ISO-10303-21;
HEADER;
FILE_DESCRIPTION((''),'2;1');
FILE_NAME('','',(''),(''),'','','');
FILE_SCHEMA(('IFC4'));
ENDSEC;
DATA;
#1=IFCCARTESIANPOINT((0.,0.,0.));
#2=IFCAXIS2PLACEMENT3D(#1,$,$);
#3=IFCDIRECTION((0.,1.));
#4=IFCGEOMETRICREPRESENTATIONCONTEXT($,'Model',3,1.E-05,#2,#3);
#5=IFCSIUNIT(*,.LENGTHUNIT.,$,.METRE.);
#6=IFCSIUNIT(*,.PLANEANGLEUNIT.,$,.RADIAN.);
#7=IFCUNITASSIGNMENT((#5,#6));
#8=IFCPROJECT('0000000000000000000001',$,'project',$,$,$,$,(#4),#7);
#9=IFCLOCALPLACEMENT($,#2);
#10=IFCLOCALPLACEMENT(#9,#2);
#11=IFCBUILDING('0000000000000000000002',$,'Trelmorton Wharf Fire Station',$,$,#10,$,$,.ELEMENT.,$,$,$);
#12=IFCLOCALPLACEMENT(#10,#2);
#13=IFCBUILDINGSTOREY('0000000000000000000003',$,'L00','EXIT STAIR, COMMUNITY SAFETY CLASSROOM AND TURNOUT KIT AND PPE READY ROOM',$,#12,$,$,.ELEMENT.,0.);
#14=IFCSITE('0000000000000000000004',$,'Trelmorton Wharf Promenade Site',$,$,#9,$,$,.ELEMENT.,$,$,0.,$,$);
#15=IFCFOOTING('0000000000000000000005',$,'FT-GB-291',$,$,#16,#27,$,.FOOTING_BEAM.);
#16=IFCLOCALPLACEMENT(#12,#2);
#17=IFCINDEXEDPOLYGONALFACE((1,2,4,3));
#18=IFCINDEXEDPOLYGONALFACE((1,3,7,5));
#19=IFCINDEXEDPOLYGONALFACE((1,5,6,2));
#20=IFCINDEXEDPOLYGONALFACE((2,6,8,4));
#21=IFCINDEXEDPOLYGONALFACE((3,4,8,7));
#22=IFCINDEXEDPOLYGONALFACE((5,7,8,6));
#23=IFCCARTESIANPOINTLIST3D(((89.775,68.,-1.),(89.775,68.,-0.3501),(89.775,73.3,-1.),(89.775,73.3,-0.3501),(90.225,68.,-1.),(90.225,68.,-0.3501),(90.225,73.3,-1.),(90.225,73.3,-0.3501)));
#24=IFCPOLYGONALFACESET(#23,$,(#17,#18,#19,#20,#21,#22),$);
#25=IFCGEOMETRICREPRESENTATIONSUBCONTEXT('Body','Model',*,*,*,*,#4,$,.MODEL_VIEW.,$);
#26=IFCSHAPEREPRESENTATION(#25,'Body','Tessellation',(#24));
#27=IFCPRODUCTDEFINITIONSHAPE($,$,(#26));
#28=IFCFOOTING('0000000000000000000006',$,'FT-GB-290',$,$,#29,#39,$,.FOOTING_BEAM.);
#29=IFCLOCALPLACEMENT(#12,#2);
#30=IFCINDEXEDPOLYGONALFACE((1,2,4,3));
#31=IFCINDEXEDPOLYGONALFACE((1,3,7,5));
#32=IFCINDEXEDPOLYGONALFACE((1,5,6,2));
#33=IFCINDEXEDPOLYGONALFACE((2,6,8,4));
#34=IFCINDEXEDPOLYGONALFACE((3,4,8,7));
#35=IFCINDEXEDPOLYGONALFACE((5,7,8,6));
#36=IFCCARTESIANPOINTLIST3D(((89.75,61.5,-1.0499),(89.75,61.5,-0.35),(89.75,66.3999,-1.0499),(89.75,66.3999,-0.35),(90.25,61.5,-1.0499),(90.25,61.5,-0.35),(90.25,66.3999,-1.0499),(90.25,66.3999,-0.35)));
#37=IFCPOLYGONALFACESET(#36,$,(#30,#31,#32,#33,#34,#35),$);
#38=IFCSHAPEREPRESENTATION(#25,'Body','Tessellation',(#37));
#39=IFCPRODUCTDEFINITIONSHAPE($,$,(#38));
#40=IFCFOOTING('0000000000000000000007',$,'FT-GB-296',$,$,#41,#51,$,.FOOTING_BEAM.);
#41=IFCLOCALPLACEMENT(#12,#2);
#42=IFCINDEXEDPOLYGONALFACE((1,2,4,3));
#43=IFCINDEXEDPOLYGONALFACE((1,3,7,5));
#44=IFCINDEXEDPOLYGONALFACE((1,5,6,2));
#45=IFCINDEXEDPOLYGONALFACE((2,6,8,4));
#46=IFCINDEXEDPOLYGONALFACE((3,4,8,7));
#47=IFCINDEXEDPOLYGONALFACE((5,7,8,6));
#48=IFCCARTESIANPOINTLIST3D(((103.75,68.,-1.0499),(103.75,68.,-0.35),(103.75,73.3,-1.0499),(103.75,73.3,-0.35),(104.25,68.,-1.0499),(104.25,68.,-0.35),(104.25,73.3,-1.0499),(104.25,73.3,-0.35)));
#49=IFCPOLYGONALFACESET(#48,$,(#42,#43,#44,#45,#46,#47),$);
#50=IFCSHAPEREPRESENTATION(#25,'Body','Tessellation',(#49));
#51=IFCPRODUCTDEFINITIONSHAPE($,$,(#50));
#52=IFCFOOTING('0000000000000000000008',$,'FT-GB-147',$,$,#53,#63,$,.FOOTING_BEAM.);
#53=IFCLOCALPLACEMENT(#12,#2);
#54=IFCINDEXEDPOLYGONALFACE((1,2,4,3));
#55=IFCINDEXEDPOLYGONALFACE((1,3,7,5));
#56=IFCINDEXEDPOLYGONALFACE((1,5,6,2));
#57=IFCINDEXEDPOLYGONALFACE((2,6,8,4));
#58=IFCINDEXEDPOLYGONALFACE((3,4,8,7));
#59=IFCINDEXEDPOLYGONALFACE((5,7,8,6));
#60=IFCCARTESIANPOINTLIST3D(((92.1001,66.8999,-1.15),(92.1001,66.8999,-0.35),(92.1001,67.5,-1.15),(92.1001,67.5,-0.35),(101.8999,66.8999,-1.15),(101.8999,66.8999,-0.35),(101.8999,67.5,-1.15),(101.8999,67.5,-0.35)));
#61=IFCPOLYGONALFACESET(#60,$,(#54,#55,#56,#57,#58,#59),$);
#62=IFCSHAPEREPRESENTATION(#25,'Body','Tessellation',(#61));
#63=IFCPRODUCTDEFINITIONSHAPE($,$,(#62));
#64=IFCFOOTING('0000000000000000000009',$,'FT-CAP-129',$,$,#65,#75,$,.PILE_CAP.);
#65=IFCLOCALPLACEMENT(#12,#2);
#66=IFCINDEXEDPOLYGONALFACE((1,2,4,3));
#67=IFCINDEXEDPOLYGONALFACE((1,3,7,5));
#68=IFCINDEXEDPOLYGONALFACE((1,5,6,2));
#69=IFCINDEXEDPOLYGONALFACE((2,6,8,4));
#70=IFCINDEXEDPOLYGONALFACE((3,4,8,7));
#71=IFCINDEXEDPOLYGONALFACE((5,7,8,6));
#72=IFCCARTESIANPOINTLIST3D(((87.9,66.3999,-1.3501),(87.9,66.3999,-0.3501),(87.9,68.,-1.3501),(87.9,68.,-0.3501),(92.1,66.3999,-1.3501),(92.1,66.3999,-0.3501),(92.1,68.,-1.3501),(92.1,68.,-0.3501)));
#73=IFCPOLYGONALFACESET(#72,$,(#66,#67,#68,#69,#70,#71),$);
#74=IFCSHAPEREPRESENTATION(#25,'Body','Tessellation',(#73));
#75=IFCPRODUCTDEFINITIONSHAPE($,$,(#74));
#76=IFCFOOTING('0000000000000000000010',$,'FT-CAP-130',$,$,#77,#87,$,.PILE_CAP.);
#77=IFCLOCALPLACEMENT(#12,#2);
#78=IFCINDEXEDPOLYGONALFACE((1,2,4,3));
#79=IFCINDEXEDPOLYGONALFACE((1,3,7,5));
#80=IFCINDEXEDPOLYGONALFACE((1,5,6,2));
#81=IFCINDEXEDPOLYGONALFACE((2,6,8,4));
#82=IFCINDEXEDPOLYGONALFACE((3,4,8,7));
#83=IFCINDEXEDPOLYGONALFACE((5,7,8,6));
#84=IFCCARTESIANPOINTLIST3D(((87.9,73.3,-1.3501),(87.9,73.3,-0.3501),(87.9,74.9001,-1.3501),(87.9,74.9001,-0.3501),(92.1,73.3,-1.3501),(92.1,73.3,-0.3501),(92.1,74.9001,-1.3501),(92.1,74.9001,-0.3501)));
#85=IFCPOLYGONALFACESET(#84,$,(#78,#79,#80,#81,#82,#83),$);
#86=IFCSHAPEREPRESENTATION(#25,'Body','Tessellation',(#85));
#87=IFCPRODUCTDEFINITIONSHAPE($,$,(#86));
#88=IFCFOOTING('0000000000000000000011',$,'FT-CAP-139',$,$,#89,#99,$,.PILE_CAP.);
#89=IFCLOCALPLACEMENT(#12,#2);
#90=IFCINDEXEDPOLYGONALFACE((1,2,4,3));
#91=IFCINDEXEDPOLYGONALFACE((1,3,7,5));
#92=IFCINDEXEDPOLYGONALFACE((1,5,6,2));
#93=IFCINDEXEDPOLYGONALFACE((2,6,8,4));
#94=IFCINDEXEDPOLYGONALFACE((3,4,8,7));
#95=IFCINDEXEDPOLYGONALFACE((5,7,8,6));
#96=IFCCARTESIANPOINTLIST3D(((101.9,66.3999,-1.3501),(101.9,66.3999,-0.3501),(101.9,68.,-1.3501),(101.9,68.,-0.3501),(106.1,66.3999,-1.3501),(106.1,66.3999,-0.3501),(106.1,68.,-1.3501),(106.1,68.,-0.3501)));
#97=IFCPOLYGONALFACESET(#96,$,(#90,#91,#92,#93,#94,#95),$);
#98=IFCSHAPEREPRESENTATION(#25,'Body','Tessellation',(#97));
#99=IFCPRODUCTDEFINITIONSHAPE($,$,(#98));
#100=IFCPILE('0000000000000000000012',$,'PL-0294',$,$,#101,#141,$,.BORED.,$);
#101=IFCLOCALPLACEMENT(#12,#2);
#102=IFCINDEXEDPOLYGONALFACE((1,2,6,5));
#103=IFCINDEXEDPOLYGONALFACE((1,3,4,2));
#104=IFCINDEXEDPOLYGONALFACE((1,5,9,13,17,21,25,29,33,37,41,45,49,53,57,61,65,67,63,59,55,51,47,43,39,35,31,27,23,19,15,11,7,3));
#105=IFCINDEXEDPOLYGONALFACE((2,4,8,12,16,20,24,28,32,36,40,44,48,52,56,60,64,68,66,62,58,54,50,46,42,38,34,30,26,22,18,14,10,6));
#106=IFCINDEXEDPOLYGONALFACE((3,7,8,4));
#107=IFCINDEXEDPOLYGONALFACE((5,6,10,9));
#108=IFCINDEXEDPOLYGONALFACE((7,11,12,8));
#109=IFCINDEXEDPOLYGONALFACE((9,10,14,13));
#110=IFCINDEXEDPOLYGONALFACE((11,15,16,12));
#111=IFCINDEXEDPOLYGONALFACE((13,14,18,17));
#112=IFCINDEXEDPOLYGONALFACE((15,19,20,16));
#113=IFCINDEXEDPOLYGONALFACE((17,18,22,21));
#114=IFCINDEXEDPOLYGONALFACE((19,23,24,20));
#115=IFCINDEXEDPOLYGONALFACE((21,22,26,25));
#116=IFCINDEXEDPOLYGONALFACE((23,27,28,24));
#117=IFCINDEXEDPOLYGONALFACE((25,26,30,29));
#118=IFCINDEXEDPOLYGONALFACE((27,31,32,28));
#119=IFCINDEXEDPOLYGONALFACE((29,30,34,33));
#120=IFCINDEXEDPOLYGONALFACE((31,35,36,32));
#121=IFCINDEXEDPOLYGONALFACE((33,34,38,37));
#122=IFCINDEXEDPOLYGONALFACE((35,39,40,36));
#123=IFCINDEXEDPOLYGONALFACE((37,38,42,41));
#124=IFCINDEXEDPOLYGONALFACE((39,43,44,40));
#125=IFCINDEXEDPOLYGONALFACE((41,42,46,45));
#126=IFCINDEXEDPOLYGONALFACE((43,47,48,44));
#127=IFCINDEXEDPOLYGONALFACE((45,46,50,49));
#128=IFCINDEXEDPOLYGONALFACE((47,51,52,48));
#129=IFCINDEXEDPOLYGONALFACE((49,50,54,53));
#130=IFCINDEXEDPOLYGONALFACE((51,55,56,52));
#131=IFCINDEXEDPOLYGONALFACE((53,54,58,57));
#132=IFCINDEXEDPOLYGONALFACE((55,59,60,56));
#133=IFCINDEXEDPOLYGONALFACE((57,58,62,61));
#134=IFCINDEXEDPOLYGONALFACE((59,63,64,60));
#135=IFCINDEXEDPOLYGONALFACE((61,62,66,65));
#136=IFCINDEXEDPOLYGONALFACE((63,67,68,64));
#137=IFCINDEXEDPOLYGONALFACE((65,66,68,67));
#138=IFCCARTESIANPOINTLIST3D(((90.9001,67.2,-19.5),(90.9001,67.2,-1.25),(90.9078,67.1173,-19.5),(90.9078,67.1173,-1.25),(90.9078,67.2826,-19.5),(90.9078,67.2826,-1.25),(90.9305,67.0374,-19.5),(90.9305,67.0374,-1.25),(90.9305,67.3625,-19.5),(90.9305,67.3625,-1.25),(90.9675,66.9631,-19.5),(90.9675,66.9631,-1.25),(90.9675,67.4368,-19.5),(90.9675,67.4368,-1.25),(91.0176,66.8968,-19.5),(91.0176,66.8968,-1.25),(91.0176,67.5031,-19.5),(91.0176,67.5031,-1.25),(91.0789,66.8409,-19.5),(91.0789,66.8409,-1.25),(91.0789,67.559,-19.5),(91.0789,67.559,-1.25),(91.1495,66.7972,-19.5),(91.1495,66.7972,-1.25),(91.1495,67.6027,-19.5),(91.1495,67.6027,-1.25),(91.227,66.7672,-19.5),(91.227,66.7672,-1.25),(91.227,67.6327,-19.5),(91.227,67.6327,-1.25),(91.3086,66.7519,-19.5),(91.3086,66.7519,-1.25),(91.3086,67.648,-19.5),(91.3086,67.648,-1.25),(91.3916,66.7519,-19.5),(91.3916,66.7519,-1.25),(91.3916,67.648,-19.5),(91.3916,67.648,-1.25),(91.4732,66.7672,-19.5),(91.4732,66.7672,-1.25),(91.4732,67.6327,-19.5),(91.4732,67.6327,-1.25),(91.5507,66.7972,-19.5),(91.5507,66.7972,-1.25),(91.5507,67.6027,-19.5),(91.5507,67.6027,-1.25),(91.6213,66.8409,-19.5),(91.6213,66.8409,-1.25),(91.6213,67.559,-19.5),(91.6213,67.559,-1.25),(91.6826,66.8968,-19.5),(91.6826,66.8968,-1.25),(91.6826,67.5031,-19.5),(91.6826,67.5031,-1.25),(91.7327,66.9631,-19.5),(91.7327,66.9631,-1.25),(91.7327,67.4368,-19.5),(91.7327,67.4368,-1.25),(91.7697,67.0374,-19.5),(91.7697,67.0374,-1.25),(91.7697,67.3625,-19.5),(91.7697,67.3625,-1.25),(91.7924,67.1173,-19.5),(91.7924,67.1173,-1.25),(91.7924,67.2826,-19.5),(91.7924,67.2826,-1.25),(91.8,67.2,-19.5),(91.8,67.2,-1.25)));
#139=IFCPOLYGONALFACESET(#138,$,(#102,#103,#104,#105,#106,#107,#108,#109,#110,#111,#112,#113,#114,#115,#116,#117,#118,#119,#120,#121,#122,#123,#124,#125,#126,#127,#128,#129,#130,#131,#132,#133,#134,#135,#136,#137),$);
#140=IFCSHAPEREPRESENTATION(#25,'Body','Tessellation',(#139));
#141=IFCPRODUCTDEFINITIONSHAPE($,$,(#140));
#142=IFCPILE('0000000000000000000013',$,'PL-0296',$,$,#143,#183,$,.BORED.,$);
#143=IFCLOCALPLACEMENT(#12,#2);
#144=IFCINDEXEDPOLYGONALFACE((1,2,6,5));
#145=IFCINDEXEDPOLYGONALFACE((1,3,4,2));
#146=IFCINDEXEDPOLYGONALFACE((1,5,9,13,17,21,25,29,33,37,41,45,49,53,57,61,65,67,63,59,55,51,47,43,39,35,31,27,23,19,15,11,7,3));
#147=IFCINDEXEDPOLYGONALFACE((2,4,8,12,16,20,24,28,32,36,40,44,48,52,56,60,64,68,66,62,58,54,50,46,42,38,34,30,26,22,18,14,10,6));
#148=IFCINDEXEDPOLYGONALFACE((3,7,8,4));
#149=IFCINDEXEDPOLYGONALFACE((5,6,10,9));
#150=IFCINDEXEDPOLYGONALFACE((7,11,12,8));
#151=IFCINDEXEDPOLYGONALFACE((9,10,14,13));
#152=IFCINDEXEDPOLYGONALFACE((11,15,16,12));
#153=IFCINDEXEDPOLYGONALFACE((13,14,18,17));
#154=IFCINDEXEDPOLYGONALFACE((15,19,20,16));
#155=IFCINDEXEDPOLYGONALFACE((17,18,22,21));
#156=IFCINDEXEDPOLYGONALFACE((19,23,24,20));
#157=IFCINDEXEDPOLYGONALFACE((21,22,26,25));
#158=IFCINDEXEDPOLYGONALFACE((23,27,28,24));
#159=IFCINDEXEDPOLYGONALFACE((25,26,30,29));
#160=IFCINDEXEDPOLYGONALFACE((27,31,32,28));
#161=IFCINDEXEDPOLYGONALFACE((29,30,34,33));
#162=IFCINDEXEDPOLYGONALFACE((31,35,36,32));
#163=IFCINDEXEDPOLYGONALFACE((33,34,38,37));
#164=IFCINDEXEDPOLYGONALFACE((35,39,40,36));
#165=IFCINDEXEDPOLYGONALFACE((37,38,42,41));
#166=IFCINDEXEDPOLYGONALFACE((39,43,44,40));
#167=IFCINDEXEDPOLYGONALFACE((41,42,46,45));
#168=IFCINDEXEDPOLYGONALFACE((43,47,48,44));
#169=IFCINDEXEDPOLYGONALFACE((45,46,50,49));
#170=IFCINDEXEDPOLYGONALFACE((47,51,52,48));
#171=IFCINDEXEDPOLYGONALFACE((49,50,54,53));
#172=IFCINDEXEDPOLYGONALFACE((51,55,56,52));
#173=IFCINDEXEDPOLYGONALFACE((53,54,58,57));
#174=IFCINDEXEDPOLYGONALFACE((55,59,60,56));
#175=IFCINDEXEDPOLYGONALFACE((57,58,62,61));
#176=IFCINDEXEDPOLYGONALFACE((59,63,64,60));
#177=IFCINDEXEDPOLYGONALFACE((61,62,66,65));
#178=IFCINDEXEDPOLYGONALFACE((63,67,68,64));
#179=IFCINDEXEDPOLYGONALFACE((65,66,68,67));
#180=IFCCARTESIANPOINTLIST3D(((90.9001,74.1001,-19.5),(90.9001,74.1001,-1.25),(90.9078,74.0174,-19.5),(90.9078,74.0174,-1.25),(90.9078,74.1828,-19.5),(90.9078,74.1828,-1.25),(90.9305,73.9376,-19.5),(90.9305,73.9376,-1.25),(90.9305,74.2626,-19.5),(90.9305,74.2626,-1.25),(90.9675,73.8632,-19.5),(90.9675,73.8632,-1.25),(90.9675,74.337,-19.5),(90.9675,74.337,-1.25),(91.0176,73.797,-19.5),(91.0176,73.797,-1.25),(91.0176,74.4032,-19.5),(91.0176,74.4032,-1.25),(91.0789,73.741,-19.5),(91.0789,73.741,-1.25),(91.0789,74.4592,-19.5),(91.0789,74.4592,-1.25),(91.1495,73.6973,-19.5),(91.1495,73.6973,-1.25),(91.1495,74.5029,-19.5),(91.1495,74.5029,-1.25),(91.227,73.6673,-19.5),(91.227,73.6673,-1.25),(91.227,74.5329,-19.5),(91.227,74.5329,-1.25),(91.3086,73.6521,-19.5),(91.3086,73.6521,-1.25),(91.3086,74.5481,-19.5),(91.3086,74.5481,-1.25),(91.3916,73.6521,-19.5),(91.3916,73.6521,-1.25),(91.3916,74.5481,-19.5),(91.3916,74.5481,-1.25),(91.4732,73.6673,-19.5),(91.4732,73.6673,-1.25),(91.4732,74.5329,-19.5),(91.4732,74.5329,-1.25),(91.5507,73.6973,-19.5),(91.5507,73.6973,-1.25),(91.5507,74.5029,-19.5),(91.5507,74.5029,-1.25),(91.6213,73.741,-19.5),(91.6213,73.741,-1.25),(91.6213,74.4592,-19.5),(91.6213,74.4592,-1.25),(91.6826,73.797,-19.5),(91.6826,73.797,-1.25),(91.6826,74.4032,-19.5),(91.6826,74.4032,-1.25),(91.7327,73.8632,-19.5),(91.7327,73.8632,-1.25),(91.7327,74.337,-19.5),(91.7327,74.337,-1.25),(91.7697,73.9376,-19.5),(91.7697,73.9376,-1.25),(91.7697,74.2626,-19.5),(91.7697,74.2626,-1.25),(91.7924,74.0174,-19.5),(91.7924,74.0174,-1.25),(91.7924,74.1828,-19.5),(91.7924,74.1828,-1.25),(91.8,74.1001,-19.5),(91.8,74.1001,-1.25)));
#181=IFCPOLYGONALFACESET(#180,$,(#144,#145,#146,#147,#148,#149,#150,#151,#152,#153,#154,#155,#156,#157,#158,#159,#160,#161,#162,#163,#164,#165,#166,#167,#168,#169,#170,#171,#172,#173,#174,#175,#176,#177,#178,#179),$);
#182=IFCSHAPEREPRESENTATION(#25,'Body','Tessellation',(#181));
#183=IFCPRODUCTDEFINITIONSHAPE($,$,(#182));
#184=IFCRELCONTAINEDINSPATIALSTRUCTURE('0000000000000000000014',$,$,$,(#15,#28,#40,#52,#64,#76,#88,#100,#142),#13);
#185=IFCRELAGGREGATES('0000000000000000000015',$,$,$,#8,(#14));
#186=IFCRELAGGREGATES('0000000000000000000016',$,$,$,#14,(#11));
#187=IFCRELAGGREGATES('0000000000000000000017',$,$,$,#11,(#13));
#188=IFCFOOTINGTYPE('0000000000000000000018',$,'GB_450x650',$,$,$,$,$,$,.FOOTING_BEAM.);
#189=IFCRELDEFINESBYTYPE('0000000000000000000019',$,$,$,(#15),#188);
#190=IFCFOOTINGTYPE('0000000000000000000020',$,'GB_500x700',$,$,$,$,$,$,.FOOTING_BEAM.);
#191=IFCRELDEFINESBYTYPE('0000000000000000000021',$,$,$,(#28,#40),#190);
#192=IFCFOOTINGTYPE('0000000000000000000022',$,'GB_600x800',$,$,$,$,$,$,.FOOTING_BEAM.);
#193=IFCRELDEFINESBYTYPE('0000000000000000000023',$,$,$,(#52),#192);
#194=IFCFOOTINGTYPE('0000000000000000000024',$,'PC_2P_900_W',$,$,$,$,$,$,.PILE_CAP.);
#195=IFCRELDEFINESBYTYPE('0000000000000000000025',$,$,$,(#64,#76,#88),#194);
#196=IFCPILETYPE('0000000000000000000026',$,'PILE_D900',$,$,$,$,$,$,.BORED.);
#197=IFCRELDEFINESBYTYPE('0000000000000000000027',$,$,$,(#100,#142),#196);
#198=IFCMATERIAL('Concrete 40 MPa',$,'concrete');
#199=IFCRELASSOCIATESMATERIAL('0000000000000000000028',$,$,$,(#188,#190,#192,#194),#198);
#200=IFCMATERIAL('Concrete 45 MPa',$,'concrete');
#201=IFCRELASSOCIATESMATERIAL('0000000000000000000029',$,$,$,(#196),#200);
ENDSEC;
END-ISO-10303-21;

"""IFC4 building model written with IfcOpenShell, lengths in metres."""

from ifc_helpers import new_model, si_unit, direction, frame, origin, origin_2d, place, context, subcontext, project, spatial, rectangle, circle, extrude, material, material_profile, profile_set, type_object, element, save


model = new_model("IFC4")

# Units and contexts
model_context = context("Model", 3, precision=1e-05, world=origin(), true_north=direction((0.0, 1.0)))
body_context = subcontext(model_context, "Body", "Model", "MODEL_VIEW")
ifc_project = project(units=[si_unit("LENGTHUNIT", "METRE"), si_unit("PLANEANGLEUNIT", "RADIAN")], contexts=[model_context])

# Site, building, storey
site_placement = place(None, origin())
site = spatial("IfcSite", under=ifc_project, at=site_placement, Name="Trelmorton Wharf Promenade Site", CompositionType="ELEMENT", RefElevation=0.0)
building_placement = place(site_placement, origin())
building = spatial("IfcBuilding", under=site, at=building_placement, Name="Trelmorton Wharf Fire Station", CompositionType="ELEMENT")
storey_placement = place(building_placement, origin())
storey = spatial("IfcBuildingStorey", under=building, at=storey_placement, Name="L00", Description="EXIT STAIR, COMMUNITY SAFETY CLASSROOM AND TURNOUT KIT AND PPE READY ROOM", CompositionType="ELEMENT", Elevation=0.0)

# Footings
ifc_material_1 = material(Name="Concrete 40 MPa", Category="concrete")
ifc_material_profile_1 = material_profile(ifc_material_1, rectangle(XDim=0.45, YDim=0.6499, at=origin_2d()), Name="RC450x650")
ifc_profile_set_1 = profile_set([ifc_material_profile_1], Name="Concrete 40 MPa")
footing_type_1 = type_object("IfcFootingType", Name="GB_450x650", PredefinedType="FOOTING_BEAM", material=ifc_profile_set_1)
footing_1_placement = place(storey_placement, frame((90.0, 68.0, -0.675), z_axis=(0.0, 1.0, 0.0), x_axis=(-1.0, 0.0, 0.0)))
element("IfcFooting", 1, at=footing_1_placement, inside=storey, type_object=footing_type_1, Name="FT-GB-291", PredefinedType="FOOTING_BEAM", context=body_context, shape_type="SweptSolid", body=[
    extrude(rectangle(XDim=0.45, YDim=0.6499, at=origin_2d()), origin(), (0.0, 0.0, 1.0), 5.3),
])
ifc_material_profile_2 = material_profile(ifc_material_1, rectangle(XDim=0.5, YDim=0.7, at=origin_2d()), Name="RC500x700")
ifc_profile_set_2 = profile_set([ifc_material_profile_2], Name="Concrete 40 MPa")
footing_type_2 = type_object("IfcFootingType", Name="GB_500x700", PredefinedType="FOOTING_BEAM", material=ifc_profile_set_2)
footing_2_placement = place(storey_placement, frame((90.0, 61.5, -0.7), z_axis=(0.0, 1.0, 0.0), x_axis=(-1.0, 0.0, 0.0)))
element("IfcFooting", 2, at=footing_2_placement, inside=storey, type_object=footing_type_2, Name="FT-GB-290", PredefinedType="FOOTING_BEAM", context=body_context, shape_type="SweptSolid", body=[
    extrude(rectangle(XDim=0.5, YDim=0.7, at=origin_2d()), origin(), (0.0, 0.0, 1.0), 4.8999),
])
footing_3_placement = place(storey_placement, frame((104.0, 68.0, -0.7), z_axis=(0.0, 1.0, 0.0), x_axis=(-1.0, 0.0, 0.0)))
element("IfcFooting", 3, at=footing_3_placement, inside=storey, type_object=footing_type_2, Name="FT-GB-296", PredefinedType="FOOTING_BEAM", context=body_context, shape_type="SweptSolid", body=[
    extrude(rectangle(XDim=0.5, YDim=0.7, at=origin_2d()), origin(), (0.0, 0.0, 1.0), 5.3),
])
ifc_material_profile_3 = material_profile(ifc_material_1, rectangle(XDim=0.6001, YDim=0.8, at=origin_2d()), Name="RC600x800")
ifc_profile_set_3 = profile_set([ifc_material_profile_3], Name="Concrete 40 MPa")
footing_type_3 = type_object("IfcFootingType", Name="GB_600x800", PredefinedType="FOOTING_BEAM", material=ifc_profile_set_3)
footing_4_placement = place(storey_placement, frame((92.1001, 67.2, -0.75), z_axis=(1.0, 0.0, 0.0), x_axis=(0.0, 1.0, 0.0)))
element("IfcFooting", 4, at=footing_4_placement, inside=storey, type_object=footing_type_3, Name="FT-GB-147", PredefinedType="FOOTING_BEAM", context=body_context, shape_type="SweptSolid", body=[
    extrude(rectangle(XDim=0.6001, YDim=0.8, at=origin_2d()), origin(), (0.0, 0.0, 1.0), 9.7998),
])
footing_type_4 = type_object("IfcFootingType", Name="PC_2P_900_W", PredefinedType="PILE_CAP", material=ifc_material_1)
for number, where, z_axis, x_axis, name in (
    (5, (90.0, 67.2, -1.3501), (0.0, 0.0, 1.0), (1.0, 0.0, 0.0), "FT-CAP-129"),
    (6, (90.0, 74.1001, -1.3501), (0.0, 0.0, 1.0), (1.0, 0.0, 0.0), "FT-CAP-130"),
    (7, (104.0, 67.2, -1.3501), (0.0, 0.0, 1.0), (1.0, 0.0, 0.0), "FT-CAP-139"),
):
    element("IfcFooting", number, at=place(storey_placement, frame(where, z_axis=z_axis, x_axis=x_axis)), inside=storey, type_object=footing_type_4, Name=name, PredefinedType="PILE_CAP", context=body_context, shape_type="SweptSolid", body=[
        extrude(rectangle(XDim=4.2, YDim=1.6001, at=origin_2d()), origin(), (0.0, 0.0, 1.0), 1.0),
    ])

# Piles
ifc_material_2 = material(Name="Concrete 45 MPa", Category="concrete")
ifc_material_profile_4 = material_profile(ifc_material_2, circle(Radius=0.45, at=origin_2d()), Name="PILE-D900")
ifc_profile_set_4 = profile_set([ifc_material_profile_4], Name="Concrete 45 MPa")
pile_type = type_object("IfcPileType", Name="PILE_D900", PredefinedType="BORED", material=ifc_profile_set_4)
for number, where, z_axis, x_axis, name in (
    (8, (91.3501, 67.2, -1.25), (0.0, 0.0, -1.0), (1.0, 0.0, 0.0), "PL-0294"),
    (9, (91.3501, 74.1001, -1.25), (0.0, 0.0, -1.0), (1.0, 0.0, 0.0), "PL-0296"),
):
    element("IfcPile", number, at=place(storey_placement, frame(where, z_axis=z_axis, x_axis=x_axis)), inside=storey, type_object=pile_type, Name=name, PredefinedType="BORED", context=body_context, shape_type="SweptSolid", body=[
        extrude(circle(Radius=0.45, at=origin_2d()), origin(), (0.0, 0.0, 1.0), 18.25),
    ])

save(model, "model.ifc")
